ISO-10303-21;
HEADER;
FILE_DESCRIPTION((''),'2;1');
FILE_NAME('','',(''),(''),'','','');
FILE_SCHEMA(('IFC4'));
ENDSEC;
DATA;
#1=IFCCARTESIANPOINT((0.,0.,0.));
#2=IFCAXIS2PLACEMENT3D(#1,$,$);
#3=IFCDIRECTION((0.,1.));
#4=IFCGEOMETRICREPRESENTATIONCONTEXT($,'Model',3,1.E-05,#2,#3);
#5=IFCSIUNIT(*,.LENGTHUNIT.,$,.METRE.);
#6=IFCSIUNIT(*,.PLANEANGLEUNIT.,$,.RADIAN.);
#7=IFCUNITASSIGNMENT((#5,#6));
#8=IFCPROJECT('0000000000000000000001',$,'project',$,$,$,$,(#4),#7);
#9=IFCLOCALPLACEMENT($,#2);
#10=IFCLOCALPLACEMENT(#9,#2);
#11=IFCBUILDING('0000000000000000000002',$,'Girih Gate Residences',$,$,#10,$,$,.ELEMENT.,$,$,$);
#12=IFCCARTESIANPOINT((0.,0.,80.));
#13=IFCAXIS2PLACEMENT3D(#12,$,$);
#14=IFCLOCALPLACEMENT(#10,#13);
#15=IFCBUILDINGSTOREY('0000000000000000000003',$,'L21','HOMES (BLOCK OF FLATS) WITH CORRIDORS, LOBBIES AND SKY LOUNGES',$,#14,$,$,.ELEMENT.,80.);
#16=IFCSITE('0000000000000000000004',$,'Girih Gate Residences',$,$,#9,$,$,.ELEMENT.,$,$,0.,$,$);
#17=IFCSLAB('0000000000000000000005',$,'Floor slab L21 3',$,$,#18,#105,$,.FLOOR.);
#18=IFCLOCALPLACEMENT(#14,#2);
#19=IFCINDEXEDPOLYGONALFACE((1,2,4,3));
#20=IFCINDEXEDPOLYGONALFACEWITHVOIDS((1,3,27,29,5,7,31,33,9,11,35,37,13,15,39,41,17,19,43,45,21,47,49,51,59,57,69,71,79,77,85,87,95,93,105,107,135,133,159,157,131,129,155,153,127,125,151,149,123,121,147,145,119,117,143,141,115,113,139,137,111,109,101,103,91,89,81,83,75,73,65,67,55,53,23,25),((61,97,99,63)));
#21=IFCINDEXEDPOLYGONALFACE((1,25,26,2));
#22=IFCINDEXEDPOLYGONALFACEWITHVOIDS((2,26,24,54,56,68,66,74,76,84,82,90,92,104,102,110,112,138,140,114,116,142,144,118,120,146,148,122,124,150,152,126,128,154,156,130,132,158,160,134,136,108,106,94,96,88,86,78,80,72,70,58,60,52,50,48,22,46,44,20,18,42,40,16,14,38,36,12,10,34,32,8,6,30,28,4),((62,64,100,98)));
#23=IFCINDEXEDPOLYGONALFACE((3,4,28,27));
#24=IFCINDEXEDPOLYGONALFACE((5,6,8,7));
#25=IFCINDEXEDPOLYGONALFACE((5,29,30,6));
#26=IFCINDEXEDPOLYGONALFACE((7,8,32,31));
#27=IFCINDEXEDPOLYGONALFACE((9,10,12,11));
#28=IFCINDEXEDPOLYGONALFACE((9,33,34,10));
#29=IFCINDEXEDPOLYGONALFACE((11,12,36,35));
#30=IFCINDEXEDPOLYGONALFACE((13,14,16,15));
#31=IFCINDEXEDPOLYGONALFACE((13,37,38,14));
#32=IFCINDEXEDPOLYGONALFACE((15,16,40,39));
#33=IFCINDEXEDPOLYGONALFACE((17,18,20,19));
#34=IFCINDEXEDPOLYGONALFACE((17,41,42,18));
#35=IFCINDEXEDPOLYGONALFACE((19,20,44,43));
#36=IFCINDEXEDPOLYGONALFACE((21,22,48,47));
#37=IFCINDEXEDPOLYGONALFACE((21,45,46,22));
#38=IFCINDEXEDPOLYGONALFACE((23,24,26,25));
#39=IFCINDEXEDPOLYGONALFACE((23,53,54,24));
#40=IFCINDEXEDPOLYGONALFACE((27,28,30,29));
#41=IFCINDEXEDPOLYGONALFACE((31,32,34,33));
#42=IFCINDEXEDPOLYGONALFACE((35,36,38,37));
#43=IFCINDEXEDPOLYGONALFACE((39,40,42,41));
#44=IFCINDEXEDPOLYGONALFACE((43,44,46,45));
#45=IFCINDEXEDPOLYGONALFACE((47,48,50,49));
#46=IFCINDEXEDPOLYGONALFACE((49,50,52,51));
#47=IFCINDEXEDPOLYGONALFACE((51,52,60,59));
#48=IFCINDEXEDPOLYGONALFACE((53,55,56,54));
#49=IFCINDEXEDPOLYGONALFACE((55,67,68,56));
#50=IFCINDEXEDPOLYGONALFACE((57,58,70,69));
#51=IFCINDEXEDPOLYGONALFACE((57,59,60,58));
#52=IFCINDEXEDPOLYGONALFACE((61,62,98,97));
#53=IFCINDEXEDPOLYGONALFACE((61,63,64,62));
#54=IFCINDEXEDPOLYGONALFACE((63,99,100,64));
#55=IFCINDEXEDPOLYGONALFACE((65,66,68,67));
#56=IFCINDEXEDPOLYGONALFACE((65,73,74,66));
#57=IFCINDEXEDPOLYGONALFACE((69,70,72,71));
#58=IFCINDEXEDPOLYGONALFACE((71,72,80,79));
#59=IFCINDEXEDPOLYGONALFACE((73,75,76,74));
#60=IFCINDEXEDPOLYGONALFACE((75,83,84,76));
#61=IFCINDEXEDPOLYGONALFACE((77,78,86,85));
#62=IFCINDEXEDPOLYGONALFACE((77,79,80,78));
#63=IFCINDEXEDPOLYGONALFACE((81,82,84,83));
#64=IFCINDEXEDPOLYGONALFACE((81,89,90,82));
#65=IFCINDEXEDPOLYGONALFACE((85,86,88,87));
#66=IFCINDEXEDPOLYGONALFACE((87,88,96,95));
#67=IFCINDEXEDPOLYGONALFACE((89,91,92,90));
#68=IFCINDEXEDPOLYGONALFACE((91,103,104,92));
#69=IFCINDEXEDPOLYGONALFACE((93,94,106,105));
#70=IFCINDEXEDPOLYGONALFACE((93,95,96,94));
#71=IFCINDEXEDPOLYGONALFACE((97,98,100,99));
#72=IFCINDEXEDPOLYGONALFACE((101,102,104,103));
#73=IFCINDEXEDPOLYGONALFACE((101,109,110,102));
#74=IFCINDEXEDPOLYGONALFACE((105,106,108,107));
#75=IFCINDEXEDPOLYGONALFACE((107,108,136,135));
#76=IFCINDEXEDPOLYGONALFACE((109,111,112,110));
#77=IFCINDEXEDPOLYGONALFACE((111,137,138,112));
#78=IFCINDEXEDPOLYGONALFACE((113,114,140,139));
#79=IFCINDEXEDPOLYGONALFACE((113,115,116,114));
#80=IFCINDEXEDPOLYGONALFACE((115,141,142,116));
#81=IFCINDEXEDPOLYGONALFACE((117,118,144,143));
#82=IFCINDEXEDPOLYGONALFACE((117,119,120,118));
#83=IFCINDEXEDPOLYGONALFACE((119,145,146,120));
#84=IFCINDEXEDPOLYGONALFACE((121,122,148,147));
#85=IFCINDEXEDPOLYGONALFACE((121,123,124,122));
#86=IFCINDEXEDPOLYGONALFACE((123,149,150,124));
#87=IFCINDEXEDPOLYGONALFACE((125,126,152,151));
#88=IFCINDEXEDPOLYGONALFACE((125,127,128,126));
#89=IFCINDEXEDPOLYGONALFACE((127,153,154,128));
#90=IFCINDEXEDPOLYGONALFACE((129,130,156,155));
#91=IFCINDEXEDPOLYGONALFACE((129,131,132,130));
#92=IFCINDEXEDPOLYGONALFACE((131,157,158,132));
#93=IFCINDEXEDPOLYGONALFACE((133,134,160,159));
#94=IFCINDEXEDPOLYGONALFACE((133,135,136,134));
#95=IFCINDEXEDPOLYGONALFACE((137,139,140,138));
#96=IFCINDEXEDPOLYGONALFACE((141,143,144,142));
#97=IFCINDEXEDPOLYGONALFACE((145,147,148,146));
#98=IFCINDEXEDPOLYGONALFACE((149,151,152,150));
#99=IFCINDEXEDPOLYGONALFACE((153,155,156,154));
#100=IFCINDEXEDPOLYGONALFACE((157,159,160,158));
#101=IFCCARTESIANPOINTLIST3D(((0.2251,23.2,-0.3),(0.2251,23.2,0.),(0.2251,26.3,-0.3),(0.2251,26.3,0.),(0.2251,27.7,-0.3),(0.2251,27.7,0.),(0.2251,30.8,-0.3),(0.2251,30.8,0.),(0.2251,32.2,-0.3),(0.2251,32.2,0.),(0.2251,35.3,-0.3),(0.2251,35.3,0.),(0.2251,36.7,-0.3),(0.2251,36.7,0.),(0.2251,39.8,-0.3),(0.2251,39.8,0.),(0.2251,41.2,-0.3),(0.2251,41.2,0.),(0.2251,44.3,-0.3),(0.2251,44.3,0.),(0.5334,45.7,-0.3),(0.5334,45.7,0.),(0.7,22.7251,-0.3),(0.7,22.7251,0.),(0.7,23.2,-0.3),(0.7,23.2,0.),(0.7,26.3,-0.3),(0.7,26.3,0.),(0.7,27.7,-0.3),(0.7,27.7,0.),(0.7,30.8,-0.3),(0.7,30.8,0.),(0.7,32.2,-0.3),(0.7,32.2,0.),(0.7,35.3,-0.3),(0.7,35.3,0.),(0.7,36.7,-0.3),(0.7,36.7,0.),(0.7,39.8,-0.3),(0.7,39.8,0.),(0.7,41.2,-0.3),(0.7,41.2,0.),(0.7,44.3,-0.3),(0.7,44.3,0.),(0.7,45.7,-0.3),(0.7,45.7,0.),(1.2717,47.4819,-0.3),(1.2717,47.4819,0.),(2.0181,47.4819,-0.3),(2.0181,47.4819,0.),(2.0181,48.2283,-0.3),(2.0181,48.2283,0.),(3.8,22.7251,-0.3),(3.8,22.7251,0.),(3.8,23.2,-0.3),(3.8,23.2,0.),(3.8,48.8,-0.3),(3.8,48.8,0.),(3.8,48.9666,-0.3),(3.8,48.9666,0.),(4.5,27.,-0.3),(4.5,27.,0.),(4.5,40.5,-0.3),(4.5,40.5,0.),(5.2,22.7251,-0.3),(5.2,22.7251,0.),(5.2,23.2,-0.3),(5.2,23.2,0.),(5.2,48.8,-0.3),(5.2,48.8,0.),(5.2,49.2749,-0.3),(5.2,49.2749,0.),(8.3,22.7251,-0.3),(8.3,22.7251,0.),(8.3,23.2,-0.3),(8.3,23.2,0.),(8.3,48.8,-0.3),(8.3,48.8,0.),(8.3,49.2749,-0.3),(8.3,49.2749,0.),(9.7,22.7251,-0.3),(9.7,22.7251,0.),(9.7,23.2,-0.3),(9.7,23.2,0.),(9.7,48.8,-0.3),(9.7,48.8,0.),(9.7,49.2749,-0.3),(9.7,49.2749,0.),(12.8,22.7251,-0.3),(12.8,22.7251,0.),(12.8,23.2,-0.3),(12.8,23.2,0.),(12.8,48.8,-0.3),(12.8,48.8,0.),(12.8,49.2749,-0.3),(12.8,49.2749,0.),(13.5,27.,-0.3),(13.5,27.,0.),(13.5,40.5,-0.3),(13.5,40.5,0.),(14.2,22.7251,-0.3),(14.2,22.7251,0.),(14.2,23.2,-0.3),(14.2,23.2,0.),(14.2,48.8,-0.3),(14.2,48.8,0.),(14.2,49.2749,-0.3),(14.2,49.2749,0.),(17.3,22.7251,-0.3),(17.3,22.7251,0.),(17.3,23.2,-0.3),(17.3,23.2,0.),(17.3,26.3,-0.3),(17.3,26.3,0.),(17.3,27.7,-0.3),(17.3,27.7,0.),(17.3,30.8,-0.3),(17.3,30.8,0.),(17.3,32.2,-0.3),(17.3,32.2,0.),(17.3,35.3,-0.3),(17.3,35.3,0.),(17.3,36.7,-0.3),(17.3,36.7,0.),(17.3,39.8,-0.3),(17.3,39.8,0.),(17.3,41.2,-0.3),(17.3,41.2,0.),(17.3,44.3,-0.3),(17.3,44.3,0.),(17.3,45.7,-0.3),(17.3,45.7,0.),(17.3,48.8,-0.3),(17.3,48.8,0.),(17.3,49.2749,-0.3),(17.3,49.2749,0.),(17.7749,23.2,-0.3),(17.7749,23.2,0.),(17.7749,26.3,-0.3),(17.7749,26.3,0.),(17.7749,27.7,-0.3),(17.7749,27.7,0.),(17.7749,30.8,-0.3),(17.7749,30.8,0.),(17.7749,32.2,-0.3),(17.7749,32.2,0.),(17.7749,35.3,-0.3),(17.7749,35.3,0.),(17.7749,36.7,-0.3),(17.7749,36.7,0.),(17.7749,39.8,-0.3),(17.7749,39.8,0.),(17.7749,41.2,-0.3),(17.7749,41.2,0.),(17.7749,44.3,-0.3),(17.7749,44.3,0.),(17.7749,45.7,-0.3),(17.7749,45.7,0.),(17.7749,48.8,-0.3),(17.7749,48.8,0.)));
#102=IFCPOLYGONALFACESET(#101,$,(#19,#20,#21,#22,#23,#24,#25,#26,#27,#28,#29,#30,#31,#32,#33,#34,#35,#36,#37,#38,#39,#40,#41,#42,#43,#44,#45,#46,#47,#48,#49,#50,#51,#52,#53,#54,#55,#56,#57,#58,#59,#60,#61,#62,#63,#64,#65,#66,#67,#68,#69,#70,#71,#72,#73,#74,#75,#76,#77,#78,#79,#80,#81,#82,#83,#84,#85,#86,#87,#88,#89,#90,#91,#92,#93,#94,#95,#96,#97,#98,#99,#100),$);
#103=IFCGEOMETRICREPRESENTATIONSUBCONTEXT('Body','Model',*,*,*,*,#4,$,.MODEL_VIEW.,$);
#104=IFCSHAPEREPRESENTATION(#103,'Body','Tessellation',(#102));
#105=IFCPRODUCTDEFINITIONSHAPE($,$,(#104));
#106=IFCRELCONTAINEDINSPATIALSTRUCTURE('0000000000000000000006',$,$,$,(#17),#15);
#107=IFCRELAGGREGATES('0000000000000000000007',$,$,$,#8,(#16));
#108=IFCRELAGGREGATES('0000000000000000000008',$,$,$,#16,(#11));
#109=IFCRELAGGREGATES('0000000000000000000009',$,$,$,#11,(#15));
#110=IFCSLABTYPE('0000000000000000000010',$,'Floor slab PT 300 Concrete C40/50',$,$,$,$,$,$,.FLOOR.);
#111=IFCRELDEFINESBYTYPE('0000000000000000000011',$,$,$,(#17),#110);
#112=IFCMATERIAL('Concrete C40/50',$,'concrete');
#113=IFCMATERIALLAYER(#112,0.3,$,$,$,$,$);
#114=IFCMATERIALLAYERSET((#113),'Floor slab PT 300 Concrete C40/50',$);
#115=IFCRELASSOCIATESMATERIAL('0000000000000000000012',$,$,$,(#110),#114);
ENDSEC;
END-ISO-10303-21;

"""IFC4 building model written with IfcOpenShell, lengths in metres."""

from ifc_helpers import new_model, si_unit, direction, frame, origin, place, context, subcontext, project, spatial, polyline, outline, extrude, material, layer, layer_set, type_object, element, save


model = new_model("IFC4")

# Units and contexts
model_context = context("Model", 3, precision=1e-05, world=origin(), true_north=direction((0.0, 1.0)))
body_context = subcontext(model_context, "Body", "Model", "MODEL_VIEW")
ifc_project = project(units=[si_unit("LENGTHUNIT", "METRE"), si_unit("PLANEANGLEUNIT", "RADIAN")], contexts=[model_context])

# Site, building, storey
site_placement = place(None, origin())
site = spatial("IfcSite", under=ifc_project, at=site_placement, Name="Girih Gate Residences", CompositionType="ELEMENT", RefElevation=0.0)
building_placement = place(site_placement, origin())
building = spatial("IfcBuilding", under=site, at=building_placement, Name="Girih Gate Residences", CompositionType="ELEMENT")
storey_placement = place(building_placement, frame((0.0, 0.0, 80.0)))
storey = spatial("IfcBuildingStorey", under=building, at=storey_placement, Name="L21", Description="HOMES (BLOCK OF FLATS) WITH CORRIDORS, LOBBIES AND SKY LOUNGES", CompositionType="ELEMENT", Elevation=80.0)

# Slab
ifc_material_1 = material(Name="Concrete C40/50", Category="concrete")
ifc_layer_1 = layer(ifc_material_1, 0.3)
ifc_layer_set_1 = layer_set([ifc_layer_1], Name="Floor slab PT 300 Concrete C40/50")
slab_type_1 = type_object("IfcSlabType", Name="Floor slab PT 300 Concrete C40/50", PredefinedType="FLOOR", material=ifc_layer_set_1)
slab_1_placement = place(storey_placement, frame((0.0, 0.0, -0.3)))
element("IfcSlab", 1, at=slab_1_placement, inside=storey, type_object=slab_type_1, Name="Floor slab L21 3", PredefinedType="FLOOR", context=body_context, shape_type="SweptSolid", body=[
    extrude(outline(polyline([(0.2251, 26.3), (0.2251, 23.2), (0.7, 23.2), (0.7, 22.7251), (3.8, 22.7251), (3.8, 23.2), (5.2, 23.2), (5.2, 22.7251), (8.3, 22.7251), (8.3, 23.2), (9.7, 23.2), (9.7, 22.7251), (12.8, 22.7251), (12.8, 23.2), (14.2, 23.2), (14.2, 22.7251), (17.3, 22.7251), (17.3, 23.2), (17.7749, 23.2), (17.7749, 26.3), (17.3, 26.3), (17.3, 27.7), (17.7749, 27.7), (17.7749, 30.8), (17.3, 30.8), (17.3, 32.2), (17.7749, 32.2), (17.7749, 35.3), (17.3, 35.3), (17.3, 36.7), (17.7749, 36.7), (17.7749, 39.8), (17.3, 39.8), (17.3, 41.2), (17.7749, 41.2), (17.7749, 44.3), (17.3, 44.3), (17.3, 45.7), (17.7749, 45.7), (17.7749, 48.8), (17.3, 48.8), (17.3, 49.2749), (14.2, 49.2749), (14.2, 48.8), (12.8, 48.8), (12.8, 49.2749), (9.7, 49.2749), (9.7, 48.8), (8.3, 48.8), (8.3, 49.2749), (5.2, 49.2749), (5.2, 48.8), (3.8, 48.8), (3.8, 48.9666), (2.0181, 48.2283), (2.0181, 47.4819), (1.2717, 47.4819), (0.5334, 45.7), (0.7, 45.7), (0.7, 44.3), (0.2251, 44.3), (0.2251, 41.2), (0.7, 41.2), (0.7, 39.8), (0.2251, 39.8), (0.2251, 36.7), (0.7, 36.7), (0.7, 35.3), (0.2251, 35.3), (0.2251, 32.2), (0.7, 32.2), (0.7, 30.8), (0.2251, 30.8), (0.2251, 27.7), (0.7, 27.7), (0.7, 26.3), (0.2251, 26.3)]), holes=[polyline([(13.5, 40.5), (13.5, 27.0), (4.5, 27.0), (4.5, 40.5), (13.5, 40.5)])]), origin(), (0.0, 0.0, 1.0), 0.3),
])

save(model, "model.ifc")
